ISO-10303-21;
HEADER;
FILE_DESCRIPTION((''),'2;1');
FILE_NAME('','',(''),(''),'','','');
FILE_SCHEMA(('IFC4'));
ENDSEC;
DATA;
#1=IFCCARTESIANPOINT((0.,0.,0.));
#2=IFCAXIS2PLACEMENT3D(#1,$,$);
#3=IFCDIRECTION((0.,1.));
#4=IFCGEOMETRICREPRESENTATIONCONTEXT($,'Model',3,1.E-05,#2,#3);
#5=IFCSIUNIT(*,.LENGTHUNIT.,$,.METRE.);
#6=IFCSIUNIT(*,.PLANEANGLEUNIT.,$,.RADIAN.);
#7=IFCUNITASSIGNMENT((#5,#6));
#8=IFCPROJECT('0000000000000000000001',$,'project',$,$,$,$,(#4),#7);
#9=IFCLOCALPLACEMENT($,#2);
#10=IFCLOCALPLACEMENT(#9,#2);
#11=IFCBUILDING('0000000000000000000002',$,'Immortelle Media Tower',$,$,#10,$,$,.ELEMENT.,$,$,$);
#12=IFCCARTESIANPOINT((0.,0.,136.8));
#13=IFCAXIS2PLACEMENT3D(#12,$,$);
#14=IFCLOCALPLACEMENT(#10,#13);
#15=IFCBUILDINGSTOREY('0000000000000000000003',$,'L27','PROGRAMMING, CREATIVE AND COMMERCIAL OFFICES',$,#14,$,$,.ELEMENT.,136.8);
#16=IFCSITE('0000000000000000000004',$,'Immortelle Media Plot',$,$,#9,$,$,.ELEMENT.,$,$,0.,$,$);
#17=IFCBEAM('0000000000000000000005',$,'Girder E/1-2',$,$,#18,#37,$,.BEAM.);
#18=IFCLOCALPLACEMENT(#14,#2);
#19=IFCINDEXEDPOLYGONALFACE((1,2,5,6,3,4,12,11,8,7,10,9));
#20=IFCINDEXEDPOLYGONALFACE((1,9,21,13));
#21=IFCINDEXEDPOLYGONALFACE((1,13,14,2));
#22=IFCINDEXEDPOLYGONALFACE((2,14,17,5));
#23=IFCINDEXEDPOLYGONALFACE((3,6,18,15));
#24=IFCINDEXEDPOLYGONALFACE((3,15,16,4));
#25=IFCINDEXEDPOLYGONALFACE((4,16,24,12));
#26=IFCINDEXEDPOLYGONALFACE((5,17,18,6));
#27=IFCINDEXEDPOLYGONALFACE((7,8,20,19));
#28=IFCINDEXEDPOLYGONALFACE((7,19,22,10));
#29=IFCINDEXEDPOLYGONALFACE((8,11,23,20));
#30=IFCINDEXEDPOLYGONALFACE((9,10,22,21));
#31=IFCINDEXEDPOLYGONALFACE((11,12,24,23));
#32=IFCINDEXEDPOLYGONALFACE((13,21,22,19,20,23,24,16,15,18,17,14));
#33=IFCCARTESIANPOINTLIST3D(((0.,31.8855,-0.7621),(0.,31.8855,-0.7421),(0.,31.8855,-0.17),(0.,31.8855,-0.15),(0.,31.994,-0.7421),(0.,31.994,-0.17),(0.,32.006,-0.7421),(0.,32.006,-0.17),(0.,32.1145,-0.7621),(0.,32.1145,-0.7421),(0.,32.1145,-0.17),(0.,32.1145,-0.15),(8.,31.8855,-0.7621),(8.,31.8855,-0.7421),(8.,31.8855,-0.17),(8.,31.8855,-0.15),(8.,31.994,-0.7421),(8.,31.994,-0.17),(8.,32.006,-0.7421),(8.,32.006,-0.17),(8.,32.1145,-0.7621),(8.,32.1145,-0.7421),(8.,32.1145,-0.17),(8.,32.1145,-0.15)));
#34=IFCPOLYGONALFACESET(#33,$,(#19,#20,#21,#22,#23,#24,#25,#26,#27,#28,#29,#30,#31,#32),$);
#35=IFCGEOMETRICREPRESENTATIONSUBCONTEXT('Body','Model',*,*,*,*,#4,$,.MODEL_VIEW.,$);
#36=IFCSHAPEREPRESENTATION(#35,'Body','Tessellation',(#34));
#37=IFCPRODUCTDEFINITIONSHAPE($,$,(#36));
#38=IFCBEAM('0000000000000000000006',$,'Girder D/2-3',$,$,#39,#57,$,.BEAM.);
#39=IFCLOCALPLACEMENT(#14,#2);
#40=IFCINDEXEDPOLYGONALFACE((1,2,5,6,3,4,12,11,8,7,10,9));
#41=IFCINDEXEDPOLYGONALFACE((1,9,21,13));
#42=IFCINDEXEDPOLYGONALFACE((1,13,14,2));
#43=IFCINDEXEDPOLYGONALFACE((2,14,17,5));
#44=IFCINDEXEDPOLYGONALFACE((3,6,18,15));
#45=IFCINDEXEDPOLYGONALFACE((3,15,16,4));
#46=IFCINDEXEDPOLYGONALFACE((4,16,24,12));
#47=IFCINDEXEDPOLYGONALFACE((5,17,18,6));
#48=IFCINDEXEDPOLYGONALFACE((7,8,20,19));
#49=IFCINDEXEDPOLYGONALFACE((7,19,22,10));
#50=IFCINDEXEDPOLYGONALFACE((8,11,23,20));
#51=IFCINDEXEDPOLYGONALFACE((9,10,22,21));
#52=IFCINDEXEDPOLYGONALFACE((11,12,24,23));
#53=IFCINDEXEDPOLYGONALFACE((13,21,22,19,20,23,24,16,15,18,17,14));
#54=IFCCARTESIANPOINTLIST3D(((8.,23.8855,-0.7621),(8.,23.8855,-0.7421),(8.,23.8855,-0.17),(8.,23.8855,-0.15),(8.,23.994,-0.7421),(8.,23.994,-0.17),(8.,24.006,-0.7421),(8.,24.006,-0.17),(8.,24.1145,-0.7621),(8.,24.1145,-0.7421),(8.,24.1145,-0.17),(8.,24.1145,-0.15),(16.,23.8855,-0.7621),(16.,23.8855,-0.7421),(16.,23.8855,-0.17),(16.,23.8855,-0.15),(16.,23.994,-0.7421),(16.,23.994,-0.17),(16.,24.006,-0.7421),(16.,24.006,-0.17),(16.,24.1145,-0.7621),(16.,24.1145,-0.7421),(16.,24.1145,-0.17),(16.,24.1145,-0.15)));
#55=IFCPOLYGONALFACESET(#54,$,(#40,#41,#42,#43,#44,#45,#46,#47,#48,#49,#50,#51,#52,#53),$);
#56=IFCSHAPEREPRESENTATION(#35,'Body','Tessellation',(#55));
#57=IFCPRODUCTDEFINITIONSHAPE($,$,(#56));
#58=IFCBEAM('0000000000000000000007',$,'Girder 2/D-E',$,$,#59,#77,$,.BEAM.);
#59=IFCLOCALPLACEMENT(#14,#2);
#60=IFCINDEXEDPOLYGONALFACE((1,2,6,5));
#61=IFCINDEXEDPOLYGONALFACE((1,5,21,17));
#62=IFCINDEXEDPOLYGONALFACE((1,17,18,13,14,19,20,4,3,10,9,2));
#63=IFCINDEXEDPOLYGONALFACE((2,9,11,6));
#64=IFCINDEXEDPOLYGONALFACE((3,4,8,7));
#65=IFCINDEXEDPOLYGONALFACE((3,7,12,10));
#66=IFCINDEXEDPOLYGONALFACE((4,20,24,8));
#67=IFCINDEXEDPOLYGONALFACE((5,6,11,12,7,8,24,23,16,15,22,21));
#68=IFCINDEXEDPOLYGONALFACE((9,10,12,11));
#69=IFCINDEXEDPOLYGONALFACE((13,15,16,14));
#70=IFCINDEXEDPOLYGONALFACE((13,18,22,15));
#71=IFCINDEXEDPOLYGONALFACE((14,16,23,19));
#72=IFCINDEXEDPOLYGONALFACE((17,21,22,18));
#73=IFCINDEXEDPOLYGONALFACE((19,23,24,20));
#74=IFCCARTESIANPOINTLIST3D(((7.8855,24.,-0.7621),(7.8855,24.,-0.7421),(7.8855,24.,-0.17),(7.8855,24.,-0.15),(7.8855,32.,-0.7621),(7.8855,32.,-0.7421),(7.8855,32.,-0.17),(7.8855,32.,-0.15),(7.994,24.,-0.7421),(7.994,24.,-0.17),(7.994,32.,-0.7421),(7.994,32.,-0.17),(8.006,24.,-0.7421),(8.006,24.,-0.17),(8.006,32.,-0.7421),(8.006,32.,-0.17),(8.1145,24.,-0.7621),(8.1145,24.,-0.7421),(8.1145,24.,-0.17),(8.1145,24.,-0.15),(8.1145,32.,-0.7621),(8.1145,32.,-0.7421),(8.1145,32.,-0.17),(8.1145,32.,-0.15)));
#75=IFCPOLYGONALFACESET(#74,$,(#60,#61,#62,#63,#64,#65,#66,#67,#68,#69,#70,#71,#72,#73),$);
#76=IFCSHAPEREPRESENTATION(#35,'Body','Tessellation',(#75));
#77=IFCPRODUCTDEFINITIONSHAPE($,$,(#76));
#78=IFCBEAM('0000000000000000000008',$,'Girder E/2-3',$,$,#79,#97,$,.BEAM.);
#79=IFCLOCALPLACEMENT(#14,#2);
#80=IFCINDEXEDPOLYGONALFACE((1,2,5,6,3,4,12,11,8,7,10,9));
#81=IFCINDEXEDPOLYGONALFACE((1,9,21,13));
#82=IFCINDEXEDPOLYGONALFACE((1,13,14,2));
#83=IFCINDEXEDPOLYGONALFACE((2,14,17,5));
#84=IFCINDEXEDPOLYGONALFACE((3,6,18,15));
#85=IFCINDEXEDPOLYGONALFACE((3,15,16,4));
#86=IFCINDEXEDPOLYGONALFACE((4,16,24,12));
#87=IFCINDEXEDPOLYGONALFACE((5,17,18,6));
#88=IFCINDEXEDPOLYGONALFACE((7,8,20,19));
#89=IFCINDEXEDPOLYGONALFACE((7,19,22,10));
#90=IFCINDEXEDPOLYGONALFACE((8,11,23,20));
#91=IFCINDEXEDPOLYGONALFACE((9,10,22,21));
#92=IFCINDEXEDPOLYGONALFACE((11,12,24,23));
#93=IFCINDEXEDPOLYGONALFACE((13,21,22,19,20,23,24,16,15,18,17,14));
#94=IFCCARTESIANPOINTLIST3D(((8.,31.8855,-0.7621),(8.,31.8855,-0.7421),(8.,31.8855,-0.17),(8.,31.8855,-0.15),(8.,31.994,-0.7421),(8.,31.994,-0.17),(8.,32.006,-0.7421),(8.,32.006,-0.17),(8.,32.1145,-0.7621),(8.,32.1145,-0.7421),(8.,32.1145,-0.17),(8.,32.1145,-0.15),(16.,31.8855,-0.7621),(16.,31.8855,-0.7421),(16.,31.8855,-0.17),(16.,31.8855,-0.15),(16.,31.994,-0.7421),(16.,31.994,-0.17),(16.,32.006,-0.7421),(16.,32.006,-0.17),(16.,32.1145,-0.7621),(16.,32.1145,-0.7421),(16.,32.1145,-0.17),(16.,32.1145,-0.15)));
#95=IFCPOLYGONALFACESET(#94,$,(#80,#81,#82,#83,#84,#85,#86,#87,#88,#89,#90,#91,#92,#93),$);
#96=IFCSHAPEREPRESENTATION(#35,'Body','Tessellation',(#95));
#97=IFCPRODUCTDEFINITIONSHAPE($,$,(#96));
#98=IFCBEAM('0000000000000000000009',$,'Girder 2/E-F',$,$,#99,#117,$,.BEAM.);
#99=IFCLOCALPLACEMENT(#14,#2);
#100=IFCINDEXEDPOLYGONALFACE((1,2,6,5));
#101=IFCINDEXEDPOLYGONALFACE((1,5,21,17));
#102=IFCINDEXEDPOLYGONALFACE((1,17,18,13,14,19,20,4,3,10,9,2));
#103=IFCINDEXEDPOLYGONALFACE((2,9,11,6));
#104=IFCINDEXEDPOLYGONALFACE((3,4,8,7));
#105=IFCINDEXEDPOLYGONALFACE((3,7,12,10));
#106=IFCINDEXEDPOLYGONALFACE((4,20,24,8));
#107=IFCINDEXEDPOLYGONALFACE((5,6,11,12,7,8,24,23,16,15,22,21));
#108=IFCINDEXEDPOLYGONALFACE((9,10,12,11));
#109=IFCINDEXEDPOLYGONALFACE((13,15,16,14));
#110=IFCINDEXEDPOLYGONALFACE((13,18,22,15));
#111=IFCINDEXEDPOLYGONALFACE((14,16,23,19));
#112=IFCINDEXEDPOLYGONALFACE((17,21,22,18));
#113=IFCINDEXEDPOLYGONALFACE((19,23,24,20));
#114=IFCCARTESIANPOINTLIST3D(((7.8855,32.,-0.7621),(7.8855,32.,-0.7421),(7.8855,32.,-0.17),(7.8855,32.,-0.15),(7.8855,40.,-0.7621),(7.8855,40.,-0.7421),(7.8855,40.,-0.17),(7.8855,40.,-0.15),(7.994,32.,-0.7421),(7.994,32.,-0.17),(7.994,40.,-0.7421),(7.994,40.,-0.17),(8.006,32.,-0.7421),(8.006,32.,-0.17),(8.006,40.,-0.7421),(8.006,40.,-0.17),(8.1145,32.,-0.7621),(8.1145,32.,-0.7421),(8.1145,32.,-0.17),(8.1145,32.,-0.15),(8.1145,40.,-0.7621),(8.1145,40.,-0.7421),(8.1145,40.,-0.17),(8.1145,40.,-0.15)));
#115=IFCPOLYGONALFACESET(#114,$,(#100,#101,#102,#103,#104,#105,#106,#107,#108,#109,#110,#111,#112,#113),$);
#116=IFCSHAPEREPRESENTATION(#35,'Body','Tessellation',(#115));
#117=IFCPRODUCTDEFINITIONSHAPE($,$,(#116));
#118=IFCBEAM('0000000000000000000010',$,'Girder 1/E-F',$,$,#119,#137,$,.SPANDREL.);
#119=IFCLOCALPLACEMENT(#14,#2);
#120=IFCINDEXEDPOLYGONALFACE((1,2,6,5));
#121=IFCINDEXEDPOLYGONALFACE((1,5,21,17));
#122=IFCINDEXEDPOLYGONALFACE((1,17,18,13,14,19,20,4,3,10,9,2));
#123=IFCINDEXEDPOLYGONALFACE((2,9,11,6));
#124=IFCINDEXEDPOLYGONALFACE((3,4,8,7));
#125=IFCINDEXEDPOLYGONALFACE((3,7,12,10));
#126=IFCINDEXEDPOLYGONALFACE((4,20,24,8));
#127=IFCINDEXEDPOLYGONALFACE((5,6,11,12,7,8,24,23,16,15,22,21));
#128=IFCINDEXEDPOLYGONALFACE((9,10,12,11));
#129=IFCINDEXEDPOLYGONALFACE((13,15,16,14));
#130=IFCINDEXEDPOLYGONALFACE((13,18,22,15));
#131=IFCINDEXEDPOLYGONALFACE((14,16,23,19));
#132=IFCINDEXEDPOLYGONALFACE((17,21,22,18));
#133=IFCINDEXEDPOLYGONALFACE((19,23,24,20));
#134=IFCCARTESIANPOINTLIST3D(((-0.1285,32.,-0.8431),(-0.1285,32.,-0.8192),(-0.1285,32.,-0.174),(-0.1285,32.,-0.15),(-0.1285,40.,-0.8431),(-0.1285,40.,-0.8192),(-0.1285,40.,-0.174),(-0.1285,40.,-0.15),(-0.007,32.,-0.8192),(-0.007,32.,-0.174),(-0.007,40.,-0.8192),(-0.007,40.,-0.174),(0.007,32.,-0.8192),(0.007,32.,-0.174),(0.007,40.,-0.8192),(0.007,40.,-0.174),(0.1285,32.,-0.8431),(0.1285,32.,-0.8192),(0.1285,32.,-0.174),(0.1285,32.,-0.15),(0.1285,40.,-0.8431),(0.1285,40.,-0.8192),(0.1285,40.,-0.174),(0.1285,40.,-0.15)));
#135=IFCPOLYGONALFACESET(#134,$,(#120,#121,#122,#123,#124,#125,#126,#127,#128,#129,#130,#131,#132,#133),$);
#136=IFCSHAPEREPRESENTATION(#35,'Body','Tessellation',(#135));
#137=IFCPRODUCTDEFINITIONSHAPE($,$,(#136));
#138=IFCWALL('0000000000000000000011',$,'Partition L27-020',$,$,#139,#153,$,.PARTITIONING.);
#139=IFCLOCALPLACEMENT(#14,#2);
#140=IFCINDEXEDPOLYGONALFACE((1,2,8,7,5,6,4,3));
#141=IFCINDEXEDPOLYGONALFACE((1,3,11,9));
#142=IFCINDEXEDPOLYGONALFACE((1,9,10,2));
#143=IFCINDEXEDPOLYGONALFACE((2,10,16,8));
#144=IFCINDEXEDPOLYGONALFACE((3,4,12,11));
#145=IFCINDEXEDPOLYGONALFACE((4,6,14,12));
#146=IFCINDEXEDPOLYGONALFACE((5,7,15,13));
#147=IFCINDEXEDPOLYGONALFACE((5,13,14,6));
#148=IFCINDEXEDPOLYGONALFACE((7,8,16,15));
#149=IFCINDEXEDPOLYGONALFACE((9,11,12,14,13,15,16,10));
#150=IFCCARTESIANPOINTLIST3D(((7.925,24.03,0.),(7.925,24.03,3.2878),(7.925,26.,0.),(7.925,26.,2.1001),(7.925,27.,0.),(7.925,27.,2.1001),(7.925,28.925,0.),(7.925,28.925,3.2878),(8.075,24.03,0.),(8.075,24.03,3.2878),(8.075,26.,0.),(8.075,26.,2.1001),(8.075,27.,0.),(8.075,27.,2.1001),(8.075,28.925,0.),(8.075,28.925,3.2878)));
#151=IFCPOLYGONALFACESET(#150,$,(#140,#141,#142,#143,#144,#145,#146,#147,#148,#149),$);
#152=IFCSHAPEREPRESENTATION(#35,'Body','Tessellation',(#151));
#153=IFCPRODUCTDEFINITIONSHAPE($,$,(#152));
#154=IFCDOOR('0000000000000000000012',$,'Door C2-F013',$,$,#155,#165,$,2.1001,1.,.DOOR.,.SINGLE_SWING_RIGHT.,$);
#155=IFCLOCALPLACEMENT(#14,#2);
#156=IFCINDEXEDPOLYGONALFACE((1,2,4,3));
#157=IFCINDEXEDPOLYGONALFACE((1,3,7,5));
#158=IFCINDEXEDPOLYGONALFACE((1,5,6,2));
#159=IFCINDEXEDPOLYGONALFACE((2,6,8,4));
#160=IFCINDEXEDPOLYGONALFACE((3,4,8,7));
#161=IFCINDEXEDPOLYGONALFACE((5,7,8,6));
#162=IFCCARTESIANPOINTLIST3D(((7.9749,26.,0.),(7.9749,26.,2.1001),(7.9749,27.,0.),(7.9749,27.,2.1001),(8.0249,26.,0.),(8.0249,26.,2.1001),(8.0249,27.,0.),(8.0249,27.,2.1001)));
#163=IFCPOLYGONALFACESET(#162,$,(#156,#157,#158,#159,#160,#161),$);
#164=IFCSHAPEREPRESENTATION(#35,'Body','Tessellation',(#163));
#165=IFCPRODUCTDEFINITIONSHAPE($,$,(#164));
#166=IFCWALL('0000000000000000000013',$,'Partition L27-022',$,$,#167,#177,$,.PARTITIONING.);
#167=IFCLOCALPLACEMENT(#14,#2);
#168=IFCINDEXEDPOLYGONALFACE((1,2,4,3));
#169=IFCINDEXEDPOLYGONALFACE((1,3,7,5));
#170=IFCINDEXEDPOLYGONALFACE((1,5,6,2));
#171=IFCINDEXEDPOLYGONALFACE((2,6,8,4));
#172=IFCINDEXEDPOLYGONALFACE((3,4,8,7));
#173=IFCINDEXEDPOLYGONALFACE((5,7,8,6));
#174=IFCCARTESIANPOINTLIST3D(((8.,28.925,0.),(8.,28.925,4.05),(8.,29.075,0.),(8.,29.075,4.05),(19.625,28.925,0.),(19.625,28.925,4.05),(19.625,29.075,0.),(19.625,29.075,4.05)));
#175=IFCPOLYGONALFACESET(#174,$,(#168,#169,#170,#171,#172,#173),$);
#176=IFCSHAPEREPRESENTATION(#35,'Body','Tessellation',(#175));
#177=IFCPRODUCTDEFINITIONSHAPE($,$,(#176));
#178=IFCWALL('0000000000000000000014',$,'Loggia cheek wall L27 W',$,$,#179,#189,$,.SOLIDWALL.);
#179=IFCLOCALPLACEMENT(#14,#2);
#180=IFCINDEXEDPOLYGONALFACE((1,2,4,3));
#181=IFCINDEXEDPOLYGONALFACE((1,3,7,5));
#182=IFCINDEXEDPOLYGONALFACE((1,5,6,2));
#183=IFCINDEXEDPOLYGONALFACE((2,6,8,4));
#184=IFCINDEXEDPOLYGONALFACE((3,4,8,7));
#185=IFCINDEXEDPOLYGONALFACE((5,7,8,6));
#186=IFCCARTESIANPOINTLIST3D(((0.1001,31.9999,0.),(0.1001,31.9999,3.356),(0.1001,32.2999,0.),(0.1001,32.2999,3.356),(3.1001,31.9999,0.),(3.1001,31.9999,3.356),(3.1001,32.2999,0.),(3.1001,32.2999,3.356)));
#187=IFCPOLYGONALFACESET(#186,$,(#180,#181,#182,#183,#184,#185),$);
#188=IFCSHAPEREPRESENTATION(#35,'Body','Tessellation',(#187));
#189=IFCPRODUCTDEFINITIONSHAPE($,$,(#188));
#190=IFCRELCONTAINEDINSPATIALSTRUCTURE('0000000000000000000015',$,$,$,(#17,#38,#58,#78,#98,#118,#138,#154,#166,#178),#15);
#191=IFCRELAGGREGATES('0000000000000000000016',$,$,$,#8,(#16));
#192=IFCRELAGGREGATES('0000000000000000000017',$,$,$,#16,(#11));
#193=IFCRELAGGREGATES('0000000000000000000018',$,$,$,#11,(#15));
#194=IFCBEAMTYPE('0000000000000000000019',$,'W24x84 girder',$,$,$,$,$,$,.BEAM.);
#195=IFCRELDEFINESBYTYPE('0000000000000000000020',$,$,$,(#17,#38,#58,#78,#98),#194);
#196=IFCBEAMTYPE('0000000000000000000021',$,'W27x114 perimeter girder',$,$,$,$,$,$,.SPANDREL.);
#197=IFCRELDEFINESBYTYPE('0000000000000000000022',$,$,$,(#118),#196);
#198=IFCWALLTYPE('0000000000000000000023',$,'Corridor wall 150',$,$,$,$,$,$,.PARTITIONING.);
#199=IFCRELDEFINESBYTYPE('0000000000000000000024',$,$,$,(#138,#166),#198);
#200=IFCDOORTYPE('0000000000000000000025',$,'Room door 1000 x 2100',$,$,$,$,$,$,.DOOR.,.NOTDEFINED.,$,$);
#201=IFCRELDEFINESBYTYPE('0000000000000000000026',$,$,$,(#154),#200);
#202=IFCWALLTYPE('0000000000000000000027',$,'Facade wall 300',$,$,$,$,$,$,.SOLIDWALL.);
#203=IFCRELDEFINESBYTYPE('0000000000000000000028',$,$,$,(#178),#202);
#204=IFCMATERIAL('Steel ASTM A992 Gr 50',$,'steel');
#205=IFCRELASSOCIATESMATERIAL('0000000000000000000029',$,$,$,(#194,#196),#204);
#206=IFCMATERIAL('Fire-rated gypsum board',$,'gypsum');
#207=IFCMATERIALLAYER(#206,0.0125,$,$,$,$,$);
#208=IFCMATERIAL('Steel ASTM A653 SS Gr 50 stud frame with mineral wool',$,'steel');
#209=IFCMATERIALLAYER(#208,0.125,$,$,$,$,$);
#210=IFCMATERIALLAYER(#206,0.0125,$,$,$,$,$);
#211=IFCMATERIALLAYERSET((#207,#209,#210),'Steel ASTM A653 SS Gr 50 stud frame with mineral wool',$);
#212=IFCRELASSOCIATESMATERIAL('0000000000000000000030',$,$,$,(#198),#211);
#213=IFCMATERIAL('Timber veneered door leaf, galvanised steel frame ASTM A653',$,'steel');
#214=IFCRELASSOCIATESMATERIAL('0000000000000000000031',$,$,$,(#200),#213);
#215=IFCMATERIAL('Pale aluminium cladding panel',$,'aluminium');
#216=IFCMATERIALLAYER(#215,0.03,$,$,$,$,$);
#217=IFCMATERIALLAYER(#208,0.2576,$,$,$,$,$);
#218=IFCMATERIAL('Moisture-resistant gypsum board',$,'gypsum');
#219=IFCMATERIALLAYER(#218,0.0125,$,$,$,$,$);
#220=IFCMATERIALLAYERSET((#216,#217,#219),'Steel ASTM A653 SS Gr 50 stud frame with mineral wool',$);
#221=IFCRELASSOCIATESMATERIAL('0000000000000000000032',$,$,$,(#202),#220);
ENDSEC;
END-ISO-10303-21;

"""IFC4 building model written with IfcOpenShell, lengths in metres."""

from ifc_helpers import new_model, si_unit, direction, frame, frame_2d, origin, origin_2d, place, context, subcontext, project, spatial, rectangle, i_section, extrude, material, layer, layer_set, material_profile, profile_set, type_object, element, fill, save


model = new_model("IFC4")

# Units and contexts
model_context = context("Model", 3, precision=1e-05, world=origin(), true_north=direction((0.0, 1.0)))
body_context = subcontext(model_context, "Body", "Model", "MODEL_VIEW")
ifc_project = project(units=[si_unit("LENGTHUNIT", "METRE"), si_unit("PLANEANGLEUNIT", "RADIAN")], contexts=[model_context])

# Site, building, storey
site_placement = place(None, origin())
site = spatial("IfcSite", under=ifc_project, at=site_placement, Name="Immortelle Media Plot", CompositionType="ELEMENT", RefElevation=0.0)
building_placement = place(site_placement, origin())
building = spatial("IfcBuilding", under=site, at=building_placement, Name="Immortelle Media Tower", CompositionType="ELEMENT")
storey_placement = place(building_placement, frame((0.0, 0.0, 136.8)))
storey = spatial("IfcBuildingStorey", under=building, at=storey_placement, Name="L27", Description="PROGRAMMING, CREATIVE AND COMMERCIAL OFFICES", CompositionType="ELEMENT", Elevation=136.8)

# Shared definitions
ifc_material_1 = material(Name="Steel ASTM A992 Gr 50", Category="steel")

# Beams
ifc_material_profile_1 = material_profile(ifc_material_1, i_section(OverallWidth=0.229, OverallDepth=0.6121, WebThickness=0.012, FlangeThickness=0.02, at=origin_2d()), Name="W24x84")
ifc_profile_set_1 = profile_set([ifc_material_profile_1], Name="Steel ASTM A992 Gr 50")
beam_type_1 = type_object("IfcBeamType", Name="W24x84 girder", PredefinedType="BEAM", material=ifc_profile_set_1)
for number, where, z_axis, x_axis, name in (
    (1, (0.0, 32.0, -0.4561), (1.0, 0.0, 0.0), (0.0, 1.0, 0.0), "Girder E/1-2"),
    (2, (8.0, 24.0, -0.4561), (1.0, 0.0, 0.0), (0.0, 1.0, 0.0), "Girder D/2-3"),
    (3, (8.0, 24.0, -0.4561), (0.0, 1.0, 0.0), (-1.0, 0.0, 0.0), "Girder 2/D-E"),
    (4, (8.0, 32.0, -0.4561), (1.0, 0.0, 0.0), (0.0, 1.0, 0.0), "Girder E/2-3"),
    (5, (8.0, 32.0, -0.4561), (0.0, 1.0, 0.0), (-1.0, 0.0, 0.0), "Girder 2/E-F"),
):
    element("IfcBeam", number, at=place(storey_placement, frame(where, z_axis=z_axis, x_axis=x_axis)), inside=storey, type_object=beam_type_1, Name=name, PredefinedType="BEAM", context=body_context, shape_type="SweptSolid", body=[
        extrude(i_section(OverallWidth=0.229, OverallDepth=0.6121, WebThickness=0.012, FlangeThickness=0.02, at=origin_2d()), origin(), (0.0, 0.0, 1.0), 8.0),
    ])
ifc_material_profile_2 = material_profile(ifc_material_1, i_section(OverallWidth=0.2571, OverallDepth=0.6931, WebThickness=0.0139, FlangeThickness=0.0239, at=origin_2d()), Name="W27x114")
ifc_profile_set_2 = profile_set([ifc_material_profile_2], Name="Steel ASTM A992 Gr 50")
beam_type_2 = type_object("IfcBeamType", Name="W27x114 perimeter girder", PredefinedType="SPANDREL", material=ifc_profile_set_2)
beam_1_placement = place(storey_placement, frame((0.0, 32.0, -0.4966), z_axis=(0.0, 1.0, 0.0), x_axis=(-1.0, 0.0, 0.0)))
element("IfcBeam", 6, at=beam_1_placement, inside=storey, type_object=beam_type_2, Name="Girder 1/E-F", PredefinedType="SPANDREL", context=body_context, shape_type="SweptSolid", body=[
    extrude(i_section(OverallWidth=0.2571, OverallDepth=0.6931, WebThickness=0.0139, FlangeThickness=0.0239, at=origin_2d()), origin(), (0.0, 0.0, 1.0), 8.0),
])

# Wall, opening, door
ifc_material_2 = material(Name="Fire-rated gypsum board", Category="gypsum")
ifc_layer_1 = layer(ifc_material_2, 0.0125)
ifc_material_3 = material(Name="Steel ASTM A653 SS Gr 50 stud frame with mineral wool", Category="steel")
ifc_layer_2 = layer(ifc_material_3, 0.125)
ifc_layer_3 = layer(ifc_material_2, 0.0125)
ifc_layer_set_1 = layer_set([ifc_layer_1, ifc_layer_2, ifc_layer_3], Name="Steel ASTM A653 SS Gr 50 stud frame with mineral wool")
wall_type_1 = type_object("IfcWallType", Name="Corridor wall 150", PredefinedType="PARTITIONING", material=ifc_layer_set_1)
wall_1_placement = place(storey_placement, frame((8.0, 24.03, 0.0), z_axis=(0.0, 0.0, 1.0), x_axis=(0.0, 1.0, 0.0)))
wall_1 = element("IfcWall", 7, at=wall_1_placement, inside=storey, type_object=wall_type_1, Name="Partition L27-020", PredefinedType="PARTITIONING", context=body_context, shape_type="SweptSolid", body=[
    extrude(rectangle(XDim=4.895, YDim=0.1499, at=frame_2d((2.4475, 0.0))), origin(), (0.0, 0.0, 1.0), 3.2878),
])
opening_1_placement = place(wall_1_placement, frame((2.97, 0.0, 0.0), z_axis=(0.0, 0.0, 1.0), x_axis=(-1.0, 0.0, 0.0)))
opening_1 = element("IfcOpeningElement", 8, at=opening_1_placement, cuts=wall_1, PredefinedType="OPENING", context=body_context, shape_type="SweptSolid", body=[
    extrude(rectangle(XDim=1.0, YDim=2.1001, at=frame_2d((0.5, 1.05))), frame((0.0, 0.085, 0.0), z_axis=(0.0, -1.0, 0.0), x_axis=(1.0, 0.0, 0.0)), (0.0, 0.0, 1.0), 0.1699),
])
ifc_material_4 = material(Name="Timber veneered door leaf, galvanised steel frame ASTM A653", Category="steel")
door_type_1 = type_object("IfcDoorType", Name="Room door 1000 x 2100", OperationType="NOTDEFINED", PredefinedType="DOOR", material=ifc_material_4)
door_1_placement = place(opening_1_placement, origin())
door_1 = element("IfcDoor", 9, at=door_1_placement, inside=storey, type_object=door_type_1, Name="Door C2-F013", OperationType="SINGLE_SWING_RIGHT", OverallHeight=2.1001, OverallWidth=1.0, PredefinedType="DOOR", context=body_context, shape_type="SweptSolid", body=[
    extrude(rectangle(XDim=1.0, YDim=2.1001, at=frame_2d((0.5, 1.05))), frame((0.0, 0.0249, 0.0), z_axis=(0.0, -1.0, 0.0), x_axis=(1.0, 0.0, 0.0)), (0.0, 0.0, 1.0), 0.05),
])
fill(opening_1, door_1)

# Walls
wall_2_placement = place(storey_placement, frame((8.0, 29.0, 0.0), z_axis=(0.0, 0.0, 1.0), x_axis=(1.0, 0.0, 0.0)))
element("IfcWall", 10, at=wall_2_placement, inside=storey, type_object=wall_type_1, Name="Partition L27-022", PredefinedType="PARTITIONING", context=body_context, shape_type="SweptSolid", body=[
    extrude(rectangle(XDim=11.625, YDim=0.1499, at=frame_2d((5.8125, 0.0))), origin(), (0.0, 0.0, 1.0), 4.05),
])
ifc_material_5 = material(Name="Pale aluminium cladding panel", Category="aluminium")
ifc_layer_4 = layer(ifc_material_5, 0.03)
ifc_layer_5 = layer(ifc_material_3, 0.2576)
ifc_material_6 = material(Name="Moisture-resistant gypsum board", Category="gypsum")
ifc_layer_6 = layer(ifc_material_6, 0.0125)
ifc_layer_set_2 = layer_set([ifc_layer_4, ifc_layer_5, ifc_layer_6], Name="Steel ASTM A653 SS Gr 50 stud frame with mineral wool")
wall_type_2 = type_object("IfcWallType", Name="Facade wall 300", PredefinedType="SOLIDWALL", material=ifc_layer_set_2)
wall_3_placement = place(storey_placement, frame((0.1001, 32.1499, 0.0), z_axis=(0.0, 0.0, 1.0), x_axis=(1.0, 0.0, 0.0)))
element("IfcWall", 11, at=wall_3_placement, inside=storey, type_object=wall_type_2, Name="Loggia cheek wall L27 W", PredefinedType="SOLIDWALL", context=body_context, shape_type="SweptSolid", body=[
    extrude(rectangle(XDim=3.0, YDim=0.3, at=frame_2d((1.5, 0.0))), origin(), (0.0, 0.0, 1.0), 3.356),
])

save(model, "model.ifc")
